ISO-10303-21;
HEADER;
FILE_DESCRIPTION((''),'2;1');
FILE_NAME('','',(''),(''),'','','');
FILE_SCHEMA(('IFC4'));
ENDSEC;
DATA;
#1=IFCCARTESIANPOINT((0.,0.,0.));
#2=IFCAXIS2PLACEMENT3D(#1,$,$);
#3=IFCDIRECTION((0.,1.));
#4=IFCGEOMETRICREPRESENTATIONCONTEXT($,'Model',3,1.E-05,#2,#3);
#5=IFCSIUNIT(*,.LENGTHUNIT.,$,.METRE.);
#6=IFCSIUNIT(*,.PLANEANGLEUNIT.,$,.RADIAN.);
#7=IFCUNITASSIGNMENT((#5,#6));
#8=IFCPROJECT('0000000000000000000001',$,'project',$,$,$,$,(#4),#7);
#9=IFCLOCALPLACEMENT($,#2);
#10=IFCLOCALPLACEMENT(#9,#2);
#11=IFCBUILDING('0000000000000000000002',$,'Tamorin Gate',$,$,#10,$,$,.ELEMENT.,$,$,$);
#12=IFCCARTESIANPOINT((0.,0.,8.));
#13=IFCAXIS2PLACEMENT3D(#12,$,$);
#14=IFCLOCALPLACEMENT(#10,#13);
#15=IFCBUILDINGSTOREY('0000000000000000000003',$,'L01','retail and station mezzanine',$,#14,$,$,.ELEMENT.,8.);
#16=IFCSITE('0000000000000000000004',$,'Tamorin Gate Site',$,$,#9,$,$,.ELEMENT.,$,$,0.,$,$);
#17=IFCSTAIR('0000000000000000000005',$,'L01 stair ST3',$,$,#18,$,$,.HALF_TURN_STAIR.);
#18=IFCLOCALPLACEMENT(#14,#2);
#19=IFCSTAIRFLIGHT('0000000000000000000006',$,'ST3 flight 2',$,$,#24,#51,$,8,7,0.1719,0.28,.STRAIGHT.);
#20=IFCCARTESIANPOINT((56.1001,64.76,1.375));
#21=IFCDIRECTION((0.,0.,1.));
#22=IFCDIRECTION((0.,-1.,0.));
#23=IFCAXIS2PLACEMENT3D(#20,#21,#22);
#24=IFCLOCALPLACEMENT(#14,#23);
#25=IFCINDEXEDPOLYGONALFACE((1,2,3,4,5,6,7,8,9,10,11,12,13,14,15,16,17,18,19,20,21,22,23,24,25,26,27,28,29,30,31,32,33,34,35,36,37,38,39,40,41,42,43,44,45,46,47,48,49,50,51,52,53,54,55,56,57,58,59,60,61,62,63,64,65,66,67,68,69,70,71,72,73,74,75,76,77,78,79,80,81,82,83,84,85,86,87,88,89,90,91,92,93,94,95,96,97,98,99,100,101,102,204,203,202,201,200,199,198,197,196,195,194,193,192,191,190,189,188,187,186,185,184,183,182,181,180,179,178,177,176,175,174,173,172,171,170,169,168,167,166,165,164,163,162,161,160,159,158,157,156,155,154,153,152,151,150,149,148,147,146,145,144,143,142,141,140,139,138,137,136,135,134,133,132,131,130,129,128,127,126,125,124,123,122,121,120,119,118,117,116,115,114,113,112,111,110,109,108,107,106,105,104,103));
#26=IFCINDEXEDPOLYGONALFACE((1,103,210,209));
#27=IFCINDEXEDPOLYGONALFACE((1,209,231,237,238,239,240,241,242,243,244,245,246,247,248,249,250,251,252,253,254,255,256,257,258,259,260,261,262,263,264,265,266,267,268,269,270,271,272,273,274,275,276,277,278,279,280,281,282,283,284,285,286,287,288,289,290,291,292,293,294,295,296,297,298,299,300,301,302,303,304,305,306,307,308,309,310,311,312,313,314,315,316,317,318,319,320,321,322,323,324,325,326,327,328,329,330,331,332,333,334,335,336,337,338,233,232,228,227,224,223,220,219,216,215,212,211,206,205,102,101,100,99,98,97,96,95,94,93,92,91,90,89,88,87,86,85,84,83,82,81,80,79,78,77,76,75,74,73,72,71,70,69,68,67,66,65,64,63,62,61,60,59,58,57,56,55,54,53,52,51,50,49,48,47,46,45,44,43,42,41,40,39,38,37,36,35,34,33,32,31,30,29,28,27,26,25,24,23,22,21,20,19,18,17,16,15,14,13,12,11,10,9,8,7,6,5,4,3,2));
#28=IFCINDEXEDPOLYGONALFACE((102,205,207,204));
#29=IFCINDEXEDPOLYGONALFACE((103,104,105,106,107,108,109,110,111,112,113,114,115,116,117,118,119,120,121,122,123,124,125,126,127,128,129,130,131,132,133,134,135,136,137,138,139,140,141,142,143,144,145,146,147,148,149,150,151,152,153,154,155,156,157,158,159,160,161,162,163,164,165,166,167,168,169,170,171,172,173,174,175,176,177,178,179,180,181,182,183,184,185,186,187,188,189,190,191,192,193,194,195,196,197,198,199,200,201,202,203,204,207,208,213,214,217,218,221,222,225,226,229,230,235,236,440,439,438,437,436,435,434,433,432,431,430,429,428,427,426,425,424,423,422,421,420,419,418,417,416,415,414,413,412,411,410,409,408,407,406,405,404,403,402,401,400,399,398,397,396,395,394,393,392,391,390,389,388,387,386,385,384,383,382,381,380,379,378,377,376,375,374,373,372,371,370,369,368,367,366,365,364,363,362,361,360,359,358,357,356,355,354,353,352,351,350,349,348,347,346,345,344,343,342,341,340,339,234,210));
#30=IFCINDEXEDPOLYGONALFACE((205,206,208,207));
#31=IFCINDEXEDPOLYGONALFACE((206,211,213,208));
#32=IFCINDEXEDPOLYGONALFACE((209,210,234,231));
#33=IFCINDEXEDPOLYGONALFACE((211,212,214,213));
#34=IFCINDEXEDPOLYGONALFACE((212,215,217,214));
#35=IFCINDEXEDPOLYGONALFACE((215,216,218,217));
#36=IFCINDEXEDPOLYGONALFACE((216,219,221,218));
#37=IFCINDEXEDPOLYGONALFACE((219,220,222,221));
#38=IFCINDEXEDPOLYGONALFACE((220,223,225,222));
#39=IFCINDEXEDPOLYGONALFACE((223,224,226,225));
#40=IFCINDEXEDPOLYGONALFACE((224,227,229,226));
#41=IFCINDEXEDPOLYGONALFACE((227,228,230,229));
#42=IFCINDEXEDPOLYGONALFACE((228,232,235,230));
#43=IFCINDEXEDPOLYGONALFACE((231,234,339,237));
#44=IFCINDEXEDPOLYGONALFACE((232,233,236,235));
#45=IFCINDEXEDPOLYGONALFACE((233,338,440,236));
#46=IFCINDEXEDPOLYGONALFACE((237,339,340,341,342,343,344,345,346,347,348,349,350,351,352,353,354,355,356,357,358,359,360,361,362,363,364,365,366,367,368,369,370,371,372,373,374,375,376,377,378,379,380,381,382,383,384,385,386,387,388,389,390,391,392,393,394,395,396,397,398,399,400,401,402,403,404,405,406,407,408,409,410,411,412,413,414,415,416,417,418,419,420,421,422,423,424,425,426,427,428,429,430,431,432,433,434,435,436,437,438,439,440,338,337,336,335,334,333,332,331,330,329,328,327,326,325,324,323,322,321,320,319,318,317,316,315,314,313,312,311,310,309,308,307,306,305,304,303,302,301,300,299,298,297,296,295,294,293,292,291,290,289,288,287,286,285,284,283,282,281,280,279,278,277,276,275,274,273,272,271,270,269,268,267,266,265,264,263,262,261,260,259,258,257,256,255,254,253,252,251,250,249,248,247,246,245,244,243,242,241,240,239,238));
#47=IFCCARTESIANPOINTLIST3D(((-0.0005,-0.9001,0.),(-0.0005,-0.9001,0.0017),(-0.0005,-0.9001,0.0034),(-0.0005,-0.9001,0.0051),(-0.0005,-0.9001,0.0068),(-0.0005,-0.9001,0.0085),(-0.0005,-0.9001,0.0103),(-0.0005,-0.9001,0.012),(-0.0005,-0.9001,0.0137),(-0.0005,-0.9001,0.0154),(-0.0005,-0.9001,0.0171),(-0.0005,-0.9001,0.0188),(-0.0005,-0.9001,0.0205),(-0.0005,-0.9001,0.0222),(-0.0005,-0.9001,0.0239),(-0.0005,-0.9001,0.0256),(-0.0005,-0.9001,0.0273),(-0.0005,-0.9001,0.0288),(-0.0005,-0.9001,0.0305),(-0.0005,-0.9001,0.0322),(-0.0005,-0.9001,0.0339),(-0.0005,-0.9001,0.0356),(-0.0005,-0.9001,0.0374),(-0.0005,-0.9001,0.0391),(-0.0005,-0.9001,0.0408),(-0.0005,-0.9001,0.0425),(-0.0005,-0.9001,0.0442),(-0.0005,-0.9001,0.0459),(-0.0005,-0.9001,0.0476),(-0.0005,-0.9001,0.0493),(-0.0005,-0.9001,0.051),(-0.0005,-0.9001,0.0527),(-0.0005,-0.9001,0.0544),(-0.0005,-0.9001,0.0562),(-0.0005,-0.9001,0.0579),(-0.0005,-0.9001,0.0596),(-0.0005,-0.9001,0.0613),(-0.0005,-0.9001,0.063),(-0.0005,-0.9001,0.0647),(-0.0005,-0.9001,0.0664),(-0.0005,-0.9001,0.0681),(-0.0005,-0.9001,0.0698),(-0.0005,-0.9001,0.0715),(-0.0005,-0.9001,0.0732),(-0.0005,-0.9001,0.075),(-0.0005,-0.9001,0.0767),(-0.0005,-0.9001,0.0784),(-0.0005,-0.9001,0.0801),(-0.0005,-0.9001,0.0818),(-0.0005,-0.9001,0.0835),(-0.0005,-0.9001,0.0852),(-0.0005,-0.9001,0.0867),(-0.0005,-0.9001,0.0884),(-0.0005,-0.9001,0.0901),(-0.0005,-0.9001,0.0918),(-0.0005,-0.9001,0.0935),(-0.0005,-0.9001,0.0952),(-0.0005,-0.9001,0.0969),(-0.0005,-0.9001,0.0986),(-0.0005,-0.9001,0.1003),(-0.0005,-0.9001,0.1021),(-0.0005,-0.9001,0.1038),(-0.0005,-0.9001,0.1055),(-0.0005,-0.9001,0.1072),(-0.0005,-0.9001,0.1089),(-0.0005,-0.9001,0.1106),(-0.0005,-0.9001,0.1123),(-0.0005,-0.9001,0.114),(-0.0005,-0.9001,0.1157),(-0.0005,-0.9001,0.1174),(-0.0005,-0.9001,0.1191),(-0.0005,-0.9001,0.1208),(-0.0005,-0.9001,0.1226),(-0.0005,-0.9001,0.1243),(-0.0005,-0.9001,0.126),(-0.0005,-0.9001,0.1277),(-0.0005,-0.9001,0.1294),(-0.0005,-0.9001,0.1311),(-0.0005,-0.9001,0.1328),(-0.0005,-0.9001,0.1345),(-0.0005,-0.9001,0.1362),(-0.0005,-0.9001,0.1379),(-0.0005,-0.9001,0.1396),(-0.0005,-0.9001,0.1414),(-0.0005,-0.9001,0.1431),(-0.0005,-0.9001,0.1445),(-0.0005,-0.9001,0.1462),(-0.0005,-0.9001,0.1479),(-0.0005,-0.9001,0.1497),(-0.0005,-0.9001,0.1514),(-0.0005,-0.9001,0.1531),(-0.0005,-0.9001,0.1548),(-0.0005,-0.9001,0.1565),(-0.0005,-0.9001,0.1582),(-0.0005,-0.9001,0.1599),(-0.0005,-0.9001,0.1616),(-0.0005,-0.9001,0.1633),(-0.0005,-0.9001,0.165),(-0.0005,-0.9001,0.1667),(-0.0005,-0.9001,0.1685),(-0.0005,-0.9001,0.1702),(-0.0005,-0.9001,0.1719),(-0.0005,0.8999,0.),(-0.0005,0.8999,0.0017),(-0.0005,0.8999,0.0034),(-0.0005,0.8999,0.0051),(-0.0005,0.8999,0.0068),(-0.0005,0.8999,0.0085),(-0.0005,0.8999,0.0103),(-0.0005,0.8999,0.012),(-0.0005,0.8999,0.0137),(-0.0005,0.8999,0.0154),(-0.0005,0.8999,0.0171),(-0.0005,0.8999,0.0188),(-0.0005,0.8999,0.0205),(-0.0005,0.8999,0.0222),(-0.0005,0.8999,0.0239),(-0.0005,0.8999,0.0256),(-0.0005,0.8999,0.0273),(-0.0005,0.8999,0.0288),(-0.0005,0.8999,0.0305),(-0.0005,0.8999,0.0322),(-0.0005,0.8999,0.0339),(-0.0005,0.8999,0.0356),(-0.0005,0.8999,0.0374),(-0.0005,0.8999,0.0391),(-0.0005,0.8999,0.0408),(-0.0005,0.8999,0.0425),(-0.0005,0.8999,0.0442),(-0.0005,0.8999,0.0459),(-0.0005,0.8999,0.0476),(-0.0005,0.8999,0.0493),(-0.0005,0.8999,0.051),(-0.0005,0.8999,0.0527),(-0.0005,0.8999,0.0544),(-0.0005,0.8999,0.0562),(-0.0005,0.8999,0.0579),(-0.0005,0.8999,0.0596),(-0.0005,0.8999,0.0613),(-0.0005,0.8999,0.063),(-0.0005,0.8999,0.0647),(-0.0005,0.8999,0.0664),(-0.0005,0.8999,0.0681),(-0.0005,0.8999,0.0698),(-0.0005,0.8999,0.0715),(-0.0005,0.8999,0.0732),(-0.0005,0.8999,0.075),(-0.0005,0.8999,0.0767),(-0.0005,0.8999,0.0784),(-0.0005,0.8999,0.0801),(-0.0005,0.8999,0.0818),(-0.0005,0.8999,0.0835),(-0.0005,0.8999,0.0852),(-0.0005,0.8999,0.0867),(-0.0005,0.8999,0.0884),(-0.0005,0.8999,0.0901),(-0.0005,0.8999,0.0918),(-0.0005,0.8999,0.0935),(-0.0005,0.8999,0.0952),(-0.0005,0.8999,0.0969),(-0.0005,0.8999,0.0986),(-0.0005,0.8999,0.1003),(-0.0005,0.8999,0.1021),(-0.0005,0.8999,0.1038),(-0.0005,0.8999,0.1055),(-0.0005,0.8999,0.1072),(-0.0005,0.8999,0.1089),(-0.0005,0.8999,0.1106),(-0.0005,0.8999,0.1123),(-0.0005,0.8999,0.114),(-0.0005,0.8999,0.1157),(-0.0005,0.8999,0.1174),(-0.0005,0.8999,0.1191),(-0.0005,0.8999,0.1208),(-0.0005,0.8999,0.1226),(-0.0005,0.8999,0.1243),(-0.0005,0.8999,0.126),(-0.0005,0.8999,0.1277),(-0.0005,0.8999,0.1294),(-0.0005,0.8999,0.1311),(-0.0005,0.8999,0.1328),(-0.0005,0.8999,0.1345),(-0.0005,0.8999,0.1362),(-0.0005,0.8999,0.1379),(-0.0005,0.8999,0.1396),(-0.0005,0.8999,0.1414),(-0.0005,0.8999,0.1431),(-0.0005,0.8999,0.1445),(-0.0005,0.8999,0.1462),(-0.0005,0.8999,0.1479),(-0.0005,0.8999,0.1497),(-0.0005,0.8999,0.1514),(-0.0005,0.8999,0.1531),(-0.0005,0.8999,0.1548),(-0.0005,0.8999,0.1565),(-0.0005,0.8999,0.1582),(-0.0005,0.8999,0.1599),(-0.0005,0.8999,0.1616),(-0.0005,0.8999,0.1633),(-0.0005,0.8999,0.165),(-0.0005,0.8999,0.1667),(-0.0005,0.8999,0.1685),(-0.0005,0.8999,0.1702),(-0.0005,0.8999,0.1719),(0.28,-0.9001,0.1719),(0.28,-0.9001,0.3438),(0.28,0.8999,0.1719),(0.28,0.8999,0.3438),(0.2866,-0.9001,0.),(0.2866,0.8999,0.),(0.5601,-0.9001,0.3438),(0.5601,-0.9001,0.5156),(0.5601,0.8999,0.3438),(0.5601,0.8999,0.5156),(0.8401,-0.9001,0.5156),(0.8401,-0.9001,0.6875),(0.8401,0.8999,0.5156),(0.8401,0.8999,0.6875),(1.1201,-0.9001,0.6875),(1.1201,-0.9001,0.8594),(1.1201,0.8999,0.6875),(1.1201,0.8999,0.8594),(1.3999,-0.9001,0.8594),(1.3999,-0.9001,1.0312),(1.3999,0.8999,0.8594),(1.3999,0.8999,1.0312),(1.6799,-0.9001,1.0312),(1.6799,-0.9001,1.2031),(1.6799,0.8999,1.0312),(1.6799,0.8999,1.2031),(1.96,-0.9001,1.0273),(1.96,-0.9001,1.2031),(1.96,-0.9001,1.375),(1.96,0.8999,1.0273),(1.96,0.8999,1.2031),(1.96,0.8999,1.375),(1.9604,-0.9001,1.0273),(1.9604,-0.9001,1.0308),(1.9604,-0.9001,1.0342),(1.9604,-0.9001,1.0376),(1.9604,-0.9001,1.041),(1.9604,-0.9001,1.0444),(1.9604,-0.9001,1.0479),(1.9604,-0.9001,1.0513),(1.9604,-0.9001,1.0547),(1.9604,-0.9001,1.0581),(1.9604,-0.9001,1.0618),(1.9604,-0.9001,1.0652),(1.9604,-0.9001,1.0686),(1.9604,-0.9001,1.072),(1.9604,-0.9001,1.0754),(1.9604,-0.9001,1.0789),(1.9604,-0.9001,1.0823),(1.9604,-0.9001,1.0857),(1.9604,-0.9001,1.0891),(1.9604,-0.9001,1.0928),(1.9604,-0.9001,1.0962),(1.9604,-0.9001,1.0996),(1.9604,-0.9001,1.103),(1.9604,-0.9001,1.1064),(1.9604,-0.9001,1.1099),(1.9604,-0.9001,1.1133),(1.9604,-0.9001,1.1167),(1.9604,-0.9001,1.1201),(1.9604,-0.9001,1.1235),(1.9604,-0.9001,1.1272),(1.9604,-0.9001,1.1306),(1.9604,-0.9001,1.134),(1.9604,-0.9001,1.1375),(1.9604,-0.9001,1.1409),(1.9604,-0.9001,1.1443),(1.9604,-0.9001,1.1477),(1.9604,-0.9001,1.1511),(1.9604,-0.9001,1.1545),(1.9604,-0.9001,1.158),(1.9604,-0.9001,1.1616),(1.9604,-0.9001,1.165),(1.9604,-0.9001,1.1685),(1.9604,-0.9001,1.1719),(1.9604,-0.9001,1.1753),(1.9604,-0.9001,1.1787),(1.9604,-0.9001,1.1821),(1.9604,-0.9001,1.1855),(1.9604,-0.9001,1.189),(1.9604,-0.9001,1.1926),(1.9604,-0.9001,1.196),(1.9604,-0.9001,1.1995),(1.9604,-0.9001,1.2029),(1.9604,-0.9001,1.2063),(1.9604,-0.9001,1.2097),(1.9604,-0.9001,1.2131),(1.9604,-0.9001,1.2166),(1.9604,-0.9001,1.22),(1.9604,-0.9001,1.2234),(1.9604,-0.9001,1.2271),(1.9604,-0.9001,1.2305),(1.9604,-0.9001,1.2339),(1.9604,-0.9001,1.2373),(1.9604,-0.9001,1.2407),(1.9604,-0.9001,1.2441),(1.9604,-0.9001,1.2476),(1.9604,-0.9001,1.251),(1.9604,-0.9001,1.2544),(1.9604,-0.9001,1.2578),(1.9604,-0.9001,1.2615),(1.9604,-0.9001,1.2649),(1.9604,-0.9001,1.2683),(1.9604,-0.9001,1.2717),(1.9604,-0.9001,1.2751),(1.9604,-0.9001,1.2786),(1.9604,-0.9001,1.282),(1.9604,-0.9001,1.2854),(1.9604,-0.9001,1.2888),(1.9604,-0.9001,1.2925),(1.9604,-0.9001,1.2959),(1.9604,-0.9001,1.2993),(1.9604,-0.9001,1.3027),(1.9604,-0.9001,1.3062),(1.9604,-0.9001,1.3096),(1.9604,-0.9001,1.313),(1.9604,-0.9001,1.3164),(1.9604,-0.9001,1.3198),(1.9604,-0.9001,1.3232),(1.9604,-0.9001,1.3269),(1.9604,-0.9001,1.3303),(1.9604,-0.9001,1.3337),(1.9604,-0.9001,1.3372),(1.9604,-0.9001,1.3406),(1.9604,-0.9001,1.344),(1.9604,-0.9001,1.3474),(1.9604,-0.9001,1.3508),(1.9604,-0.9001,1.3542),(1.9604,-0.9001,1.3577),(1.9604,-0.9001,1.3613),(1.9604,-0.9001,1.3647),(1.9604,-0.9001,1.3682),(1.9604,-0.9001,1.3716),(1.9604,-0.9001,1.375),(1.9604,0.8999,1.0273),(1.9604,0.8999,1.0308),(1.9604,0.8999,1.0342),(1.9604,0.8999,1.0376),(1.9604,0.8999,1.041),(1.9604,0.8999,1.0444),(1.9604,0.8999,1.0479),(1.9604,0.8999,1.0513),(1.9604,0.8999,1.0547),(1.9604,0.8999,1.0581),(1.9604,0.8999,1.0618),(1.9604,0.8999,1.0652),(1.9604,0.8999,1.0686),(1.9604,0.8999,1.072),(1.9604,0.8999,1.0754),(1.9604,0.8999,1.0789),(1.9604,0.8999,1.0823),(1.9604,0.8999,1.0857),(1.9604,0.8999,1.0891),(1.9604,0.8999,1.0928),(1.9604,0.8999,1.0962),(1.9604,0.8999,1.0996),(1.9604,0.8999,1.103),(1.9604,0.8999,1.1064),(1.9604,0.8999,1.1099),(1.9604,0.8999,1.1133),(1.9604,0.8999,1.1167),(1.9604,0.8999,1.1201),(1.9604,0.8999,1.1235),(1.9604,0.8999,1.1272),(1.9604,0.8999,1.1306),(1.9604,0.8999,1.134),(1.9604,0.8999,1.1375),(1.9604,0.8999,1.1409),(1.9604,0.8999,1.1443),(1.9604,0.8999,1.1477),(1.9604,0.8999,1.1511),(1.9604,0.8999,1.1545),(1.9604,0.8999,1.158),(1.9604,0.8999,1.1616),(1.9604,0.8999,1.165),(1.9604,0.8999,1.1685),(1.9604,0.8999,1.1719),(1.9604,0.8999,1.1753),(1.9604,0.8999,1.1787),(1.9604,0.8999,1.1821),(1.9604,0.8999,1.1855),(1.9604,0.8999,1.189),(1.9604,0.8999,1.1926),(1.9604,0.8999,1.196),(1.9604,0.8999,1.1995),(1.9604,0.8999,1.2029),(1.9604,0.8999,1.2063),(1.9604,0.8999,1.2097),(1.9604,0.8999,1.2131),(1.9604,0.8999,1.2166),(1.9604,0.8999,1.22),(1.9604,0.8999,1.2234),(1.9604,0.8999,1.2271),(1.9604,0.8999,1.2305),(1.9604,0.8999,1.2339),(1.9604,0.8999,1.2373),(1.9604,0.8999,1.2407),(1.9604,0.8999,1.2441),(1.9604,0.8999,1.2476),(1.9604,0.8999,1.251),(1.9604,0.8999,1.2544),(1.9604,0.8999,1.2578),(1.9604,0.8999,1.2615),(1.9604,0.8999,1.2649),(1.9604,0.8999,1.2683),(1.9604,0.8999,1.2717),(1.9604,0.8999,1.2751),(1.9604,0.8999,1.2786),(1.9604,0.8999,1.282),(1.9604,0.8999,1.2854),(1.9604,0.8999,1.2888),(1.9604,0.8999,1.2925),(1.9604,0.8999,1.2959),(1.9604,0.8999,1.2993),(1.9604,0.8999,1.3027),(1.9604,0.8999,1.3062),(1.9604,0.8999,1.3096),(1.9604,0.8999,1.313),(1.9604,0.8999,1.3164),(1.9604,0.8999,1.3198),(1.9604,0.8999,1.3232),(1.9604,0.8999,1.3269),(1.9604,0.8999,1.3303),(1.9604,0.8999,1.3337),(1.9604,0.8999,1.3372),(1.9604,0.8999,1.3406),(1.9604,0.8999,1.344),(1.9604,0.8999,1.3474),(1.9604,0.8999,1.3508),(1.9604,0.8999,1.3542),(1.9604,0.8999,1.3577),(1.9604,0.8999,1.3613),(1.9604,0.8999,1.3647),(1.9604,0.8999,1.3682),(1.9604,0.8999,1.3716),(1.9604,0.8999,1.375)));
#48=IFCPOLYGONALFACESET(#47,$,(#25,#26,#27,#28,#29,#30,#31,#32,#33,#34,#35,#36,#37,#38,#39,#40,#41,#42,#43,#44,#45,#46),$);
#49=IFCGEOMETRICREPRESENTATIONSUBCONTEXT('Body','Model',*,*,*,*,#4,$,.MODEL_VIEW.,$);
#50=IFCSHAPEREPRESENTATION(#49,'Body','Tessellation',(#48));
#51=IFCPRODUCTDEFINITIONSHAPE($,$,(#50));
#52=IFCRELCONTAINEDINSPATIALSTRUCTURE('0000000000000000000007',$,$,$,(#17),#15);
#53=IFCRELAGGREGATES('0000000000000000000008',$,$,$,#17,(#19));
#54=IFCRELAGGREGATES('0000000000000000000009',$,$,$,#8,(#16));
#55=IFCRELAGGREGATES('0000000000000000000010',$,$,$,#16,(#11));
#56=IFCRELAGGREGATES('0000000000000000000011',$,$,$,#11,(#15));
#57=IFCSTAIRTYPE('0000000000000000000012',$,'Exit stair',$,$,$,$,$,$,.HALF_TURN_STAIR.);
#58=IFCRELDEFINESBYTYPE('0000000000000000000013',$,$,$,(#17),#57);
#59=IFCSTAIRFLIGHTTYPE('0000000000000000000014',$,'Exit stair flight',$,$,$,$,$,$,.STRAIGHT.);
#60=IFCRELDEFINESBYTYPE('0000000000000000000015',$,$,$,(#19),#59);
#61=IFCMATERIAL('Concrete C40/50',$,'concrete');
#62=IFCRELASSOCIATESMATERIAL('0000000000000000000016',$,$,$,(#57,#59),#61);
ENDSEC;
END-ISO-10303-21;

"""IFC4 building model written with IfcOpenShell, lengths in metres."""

from ifc_helpers import new_model, si_unit, direction, frame, origin, place, context, subcontext, project, spatial, polyline, outline, extrude, material, type_object, element, aggregate, save


model = new_model("IFC4")

# Units and contexts
model_context = context("Model", 3, precision=1e-05, world=origin(), true_north=direction((0.0, 1.0)))
body_context = subcontext(model_context, "Body", "Model", "MODEL_VIEW")
ifc_project = project(units=[si_unit("LENGTHUNIT", "METRE"), si_unit("PLANEANGLEUNIT", "RADIAN")], contexts=[model_context])

# Site, building, storey
site_placement = place(None, origin())
site = spatial("IfcSite", under=ifc_project, at=site_placement, Name="Tamorin Gate Site", CompositionType="ELEMENT", RefElevation=0.0)
building_placement = place(site_placement, origin())
building = spatial("IfcBuilding", under=site, at=building_placement, Name="Tamorin Gate", CompositionType="ELEMENT")
storey_placement = place(building_placement, frame((0.0, 0.0, 8.0)))
storey = spatial("IfcBuildingStorey", under=building, at=storey_placement, Name="L01", Description="retail and station mezzanine", CompositionType="ELEMENT", Elevation=8.0)

# Shared definitions
ifc_material_1 = material(Name="Concrete C40/50", Category="concrete")

# Stair, stair flight
stair_type = type_object("IfcStairType", Name="Exit stair", PredefinedType="HALF_TURN_STAIR", material=ifc_material_1)
stair_placement = place(storey_placement, origin())
stair = element("IfcStair", 1, at=stair_placement, inside=storey, type_object=stair_type, Name="L01 stair ST3", PredefinedType="HALF_TURN_STAIR")
stair_flight_type = type_object("IfcStairFlightType", Name="Exit stair flight", PredefinedType="STRAIGHT", material=ifc_material_1)
stair_flight_1_placement = place(storey_placement, frame((56.1001, 64.76, 1.375), z_axis=(0.0, 0.0, 1.0), x_axis=(0.0, -1.0, 0.0)))
stair_flight_1 = element("IfcStairFlight", 2, at=stair_flight_1_placement, type_object=stair_flight_type, Name="ST3 flight 2", NumberOfRisers=8, NumberOfTreads=7, PredefinedType="STRAIGHT", RiserHeight=0.1719, TreadLength=0.28, context=body_context, shape_type="SweptSolid", body=[
    extrude(outline(polyline([(-0.0005, 0.0), (-0.0005, 0.0017), (-0.0005, 0.0034), (-0.0005, 0.0051), (-0.0005, 0.0068), (-0.0005, 0.0085), (-0.0005, 0.0103), (-0.0005, 0.012), (-0.0005, 0.0137), (-0.0005, 0.0154), (-0.0005, 0.0171), (-0.0005, 0.0188), (-0.0005, 0.0205), (-0.0005, 0.0222), (-0.0005, 0.0239), (-0.0005, 0.0256), (-0.0005, 0.0273), (-0.0005, 0.0288), (-0.0005, 0.0305), (-0.0005, 0.0322), (-0.0005, 0.0339), (-0.0005, 0.0356), (-0.0005, 0.0374), (-0.0005, 0.0391), (-0.0005, 0.0408), (-0.0005, 0.0425), (-0.0005, 0.0442), (-0.0005, 0.0459), (-0.0005, 0.0476), (-0.0005, 0.0493), (-0.0005, 0.051), (-0.0005, 0.0527), (-0.0005, 0.0544), (-0.0005, 0.0562), (-0.0005, 0.0579), (-0.0005, 0.0596), (-0.0005, 0.0613), (-0.0005, 0.063), (-0.0005, 0.0647), (-0.0005, 0.0664), (-0.0005, 0.0681), (-0.0005, 0.0698), (-0.0005, 0.0715), (-0.0005, 0.0732), (-0.0005, 0.075), (-0.0005, 0.0767), (-0.0005, 0.0784), (-0.0005, 0.0801), (-0.0005, 0.0818), (-0.0005, 0.0835), (-0.0005, 0.0852), (-0.0005, 0.0867), (-0.0005, 0.0884), (-0.0005, 0.0901), (-0.0005, 0.0918), (-0.0005, 0.0935), (-0.0005, 0.0952), (-0.0005, 0.0969), (-0.0005, 0.0986), (-0.0005, 0.1003), (-0.0005, 0.1021), (-0.0005, 0.1038), (-0.0005, 0.1055), (-0.0005, 0.1072), (-0.0005, 0.1089), (-0.0005, 0.1106), (-0.0005, 0.1123), (-0.0005, 0.114), (-0.0005, 0.1157), (-0.0005, 0.1174), (-0.0005, 0.1191), (-0.0005, 0.1208), (-0.0005, 0.1226), (-0.0005, 0.1243), (-0.0005, 0.126), (-0.0005, 0.1277), (-0.0005, 0.1294), (-0.0005, 0.1311), (-0.0005, 0.1328), (-0.0005, 0.1345), (-0.0005, 0.1362), (-0.0005, 0.1379), (-0.0005, 0.1396), (-0.0005, 0.1414), (-0.0005, 0.1431), (-0.0005, 0.1445), (-0.0005, 0.1462), (-0.0005, 0.1479), (-0.0005, 0.1497), (-0.0005, 0.1514), (-0.0005, 0.1531), (-0.0005, 0.1548), (-0.0005, 0.1565), (-0.0005, 0.1582), (-0.0005, 0.1599), (-0.0005, 0.1616), (-0.0005, 0.1633), (-0.0005, 0.165), (-0.0005, 0.1667), (-0.0005, 0.1685), (-0.0005, 0.1702), (-0.0005, 0.1719), (0.28, 0.1719), (0.28, 0.3438), (0.5601, 0.3438), (0.5601, 0.5156), (0.8401, 0.5156), (0.8401, 0.6875), (1.1201, 0.6875), (1.1201, 0.8594), (1.3999, 0.8594), (1.3999, 1.0312), (1.6799, 1.0312), (1.6799, 1.2031), (1.96, 1.2031), (1.96, 1.375), (1.9604, 1.375), (1.9604, 1.3716), (1.9604, 1.3682), (1.9604, 1.3647), (1.9604, 1.3613), (1.9604, 1.3577), (1.9604, 1.3542), (1.9604, 1.3508), (1.9604, 1.3474), (1.9604, 1.344), (1.9604, 1.3406), (1.9604, 1.3372), (1.9604, 1.3337), (1.9604, 1.3303), (1.9604, 1.3269), (1.9604, 1.3232), (1.9604, 1.3198), (1.9604, 1.3164), (1.9604, 1.313), (1.9604, 1.3096), (1.9604, 1.3062), (1.9604, 1.3027), (1.9604, 1.2993), (1.9604, 1.2959), (1.9604, 1.2925), (1.9604, 1.2888), (1.9604, 1.2854), (1.9604, 1.282), (1.9604, 1.2786), (1.9604, 1.2751), (1.9604, 1.2717), (1.9604, 1.2683), (1.9604, 1.2649), (1.9604, 1.2615), (1.9604, 1.2578), (1.9604, 1.2544), (1.9604, 1.251), (1.9604, 1.2476), (1.9604, 1.2441), (1.9604, 1.2407), (1.9604, 1.2373), (1.9604, 1.2339), (1.9604, 1.2305), (1.9604, 1.2271), (1.9604, 1.2234), (1.9604, 1.22), (1.9604, 1.2166), (1.9604, 1.2131), (1.9604, 1.2097), (1.9604, 1.2063), (1.9604, 1.2029), (1.9604, 1.1995), (1.9604, 1.196), (1.9604, 1.1926), (1.9604, 1.189), (1.9604, 1.1855), (1.9604, 1.1821), (1.9604, 1.1787), (1.9604, 1.1753), (1.9604, 1.1719), (1.9604, 1.1685), (1.9604, 1.165), (1.9604, 1.1616), (1.9604, 1.158), (1.9604, 1.1545), (1.9604, 1.1511), (1.9604, 1.1477), (1.9604, 1.1443), (1.9604, 1.1409), (1.9604, 1.1375), (1.9604, 1.134), (1.9604, 1.1306), (1.9604, 1.1272), (1.9604, 1.1235), (1.9604, 1.1201), (1.9604, 1.1167), (1.9604, 1.1133), (1.9604, 1.1099), (1.9604, 1.1064), (1.9604, 1.103), (1.9604, 1.0996), (1.9604, 1.0962), (1.9604, 1.0928), (1.9604, 1.0891), (1.9604, 1.0857), (1.9604, 1.0823), (1.9604, 1.0789), (1.9604, 1.0754), (1.9604, 1.072), (1.9604, 1.0686), (1.9604, 1.0652), (1.9604, 1.0618), (1.9604, 1.0581), (1.9604, 1.0547), (1.9604, 1.0513), (1.9604, 1.0479), (1.9604, 1.0444), (1.9604, 1.041), (1.9604, 1.0376), (1.9604, 1.0342), (1.9604, 1.0308), (1.9604, 1.0273), (1.96, 1.0273), (0.2866, 0.0), (-0.0005, 0.0)])), frame((0.0, 0.8999, 0.0), z_axis=(0.0, -1.0, 0.0), x_axis=(1.0, 0.0, 0.0)), (0.0, 0.0, 1.0), 1.8),
])
aggregate(stair, [stair_flight_1])

save(model, "model.ifc")
